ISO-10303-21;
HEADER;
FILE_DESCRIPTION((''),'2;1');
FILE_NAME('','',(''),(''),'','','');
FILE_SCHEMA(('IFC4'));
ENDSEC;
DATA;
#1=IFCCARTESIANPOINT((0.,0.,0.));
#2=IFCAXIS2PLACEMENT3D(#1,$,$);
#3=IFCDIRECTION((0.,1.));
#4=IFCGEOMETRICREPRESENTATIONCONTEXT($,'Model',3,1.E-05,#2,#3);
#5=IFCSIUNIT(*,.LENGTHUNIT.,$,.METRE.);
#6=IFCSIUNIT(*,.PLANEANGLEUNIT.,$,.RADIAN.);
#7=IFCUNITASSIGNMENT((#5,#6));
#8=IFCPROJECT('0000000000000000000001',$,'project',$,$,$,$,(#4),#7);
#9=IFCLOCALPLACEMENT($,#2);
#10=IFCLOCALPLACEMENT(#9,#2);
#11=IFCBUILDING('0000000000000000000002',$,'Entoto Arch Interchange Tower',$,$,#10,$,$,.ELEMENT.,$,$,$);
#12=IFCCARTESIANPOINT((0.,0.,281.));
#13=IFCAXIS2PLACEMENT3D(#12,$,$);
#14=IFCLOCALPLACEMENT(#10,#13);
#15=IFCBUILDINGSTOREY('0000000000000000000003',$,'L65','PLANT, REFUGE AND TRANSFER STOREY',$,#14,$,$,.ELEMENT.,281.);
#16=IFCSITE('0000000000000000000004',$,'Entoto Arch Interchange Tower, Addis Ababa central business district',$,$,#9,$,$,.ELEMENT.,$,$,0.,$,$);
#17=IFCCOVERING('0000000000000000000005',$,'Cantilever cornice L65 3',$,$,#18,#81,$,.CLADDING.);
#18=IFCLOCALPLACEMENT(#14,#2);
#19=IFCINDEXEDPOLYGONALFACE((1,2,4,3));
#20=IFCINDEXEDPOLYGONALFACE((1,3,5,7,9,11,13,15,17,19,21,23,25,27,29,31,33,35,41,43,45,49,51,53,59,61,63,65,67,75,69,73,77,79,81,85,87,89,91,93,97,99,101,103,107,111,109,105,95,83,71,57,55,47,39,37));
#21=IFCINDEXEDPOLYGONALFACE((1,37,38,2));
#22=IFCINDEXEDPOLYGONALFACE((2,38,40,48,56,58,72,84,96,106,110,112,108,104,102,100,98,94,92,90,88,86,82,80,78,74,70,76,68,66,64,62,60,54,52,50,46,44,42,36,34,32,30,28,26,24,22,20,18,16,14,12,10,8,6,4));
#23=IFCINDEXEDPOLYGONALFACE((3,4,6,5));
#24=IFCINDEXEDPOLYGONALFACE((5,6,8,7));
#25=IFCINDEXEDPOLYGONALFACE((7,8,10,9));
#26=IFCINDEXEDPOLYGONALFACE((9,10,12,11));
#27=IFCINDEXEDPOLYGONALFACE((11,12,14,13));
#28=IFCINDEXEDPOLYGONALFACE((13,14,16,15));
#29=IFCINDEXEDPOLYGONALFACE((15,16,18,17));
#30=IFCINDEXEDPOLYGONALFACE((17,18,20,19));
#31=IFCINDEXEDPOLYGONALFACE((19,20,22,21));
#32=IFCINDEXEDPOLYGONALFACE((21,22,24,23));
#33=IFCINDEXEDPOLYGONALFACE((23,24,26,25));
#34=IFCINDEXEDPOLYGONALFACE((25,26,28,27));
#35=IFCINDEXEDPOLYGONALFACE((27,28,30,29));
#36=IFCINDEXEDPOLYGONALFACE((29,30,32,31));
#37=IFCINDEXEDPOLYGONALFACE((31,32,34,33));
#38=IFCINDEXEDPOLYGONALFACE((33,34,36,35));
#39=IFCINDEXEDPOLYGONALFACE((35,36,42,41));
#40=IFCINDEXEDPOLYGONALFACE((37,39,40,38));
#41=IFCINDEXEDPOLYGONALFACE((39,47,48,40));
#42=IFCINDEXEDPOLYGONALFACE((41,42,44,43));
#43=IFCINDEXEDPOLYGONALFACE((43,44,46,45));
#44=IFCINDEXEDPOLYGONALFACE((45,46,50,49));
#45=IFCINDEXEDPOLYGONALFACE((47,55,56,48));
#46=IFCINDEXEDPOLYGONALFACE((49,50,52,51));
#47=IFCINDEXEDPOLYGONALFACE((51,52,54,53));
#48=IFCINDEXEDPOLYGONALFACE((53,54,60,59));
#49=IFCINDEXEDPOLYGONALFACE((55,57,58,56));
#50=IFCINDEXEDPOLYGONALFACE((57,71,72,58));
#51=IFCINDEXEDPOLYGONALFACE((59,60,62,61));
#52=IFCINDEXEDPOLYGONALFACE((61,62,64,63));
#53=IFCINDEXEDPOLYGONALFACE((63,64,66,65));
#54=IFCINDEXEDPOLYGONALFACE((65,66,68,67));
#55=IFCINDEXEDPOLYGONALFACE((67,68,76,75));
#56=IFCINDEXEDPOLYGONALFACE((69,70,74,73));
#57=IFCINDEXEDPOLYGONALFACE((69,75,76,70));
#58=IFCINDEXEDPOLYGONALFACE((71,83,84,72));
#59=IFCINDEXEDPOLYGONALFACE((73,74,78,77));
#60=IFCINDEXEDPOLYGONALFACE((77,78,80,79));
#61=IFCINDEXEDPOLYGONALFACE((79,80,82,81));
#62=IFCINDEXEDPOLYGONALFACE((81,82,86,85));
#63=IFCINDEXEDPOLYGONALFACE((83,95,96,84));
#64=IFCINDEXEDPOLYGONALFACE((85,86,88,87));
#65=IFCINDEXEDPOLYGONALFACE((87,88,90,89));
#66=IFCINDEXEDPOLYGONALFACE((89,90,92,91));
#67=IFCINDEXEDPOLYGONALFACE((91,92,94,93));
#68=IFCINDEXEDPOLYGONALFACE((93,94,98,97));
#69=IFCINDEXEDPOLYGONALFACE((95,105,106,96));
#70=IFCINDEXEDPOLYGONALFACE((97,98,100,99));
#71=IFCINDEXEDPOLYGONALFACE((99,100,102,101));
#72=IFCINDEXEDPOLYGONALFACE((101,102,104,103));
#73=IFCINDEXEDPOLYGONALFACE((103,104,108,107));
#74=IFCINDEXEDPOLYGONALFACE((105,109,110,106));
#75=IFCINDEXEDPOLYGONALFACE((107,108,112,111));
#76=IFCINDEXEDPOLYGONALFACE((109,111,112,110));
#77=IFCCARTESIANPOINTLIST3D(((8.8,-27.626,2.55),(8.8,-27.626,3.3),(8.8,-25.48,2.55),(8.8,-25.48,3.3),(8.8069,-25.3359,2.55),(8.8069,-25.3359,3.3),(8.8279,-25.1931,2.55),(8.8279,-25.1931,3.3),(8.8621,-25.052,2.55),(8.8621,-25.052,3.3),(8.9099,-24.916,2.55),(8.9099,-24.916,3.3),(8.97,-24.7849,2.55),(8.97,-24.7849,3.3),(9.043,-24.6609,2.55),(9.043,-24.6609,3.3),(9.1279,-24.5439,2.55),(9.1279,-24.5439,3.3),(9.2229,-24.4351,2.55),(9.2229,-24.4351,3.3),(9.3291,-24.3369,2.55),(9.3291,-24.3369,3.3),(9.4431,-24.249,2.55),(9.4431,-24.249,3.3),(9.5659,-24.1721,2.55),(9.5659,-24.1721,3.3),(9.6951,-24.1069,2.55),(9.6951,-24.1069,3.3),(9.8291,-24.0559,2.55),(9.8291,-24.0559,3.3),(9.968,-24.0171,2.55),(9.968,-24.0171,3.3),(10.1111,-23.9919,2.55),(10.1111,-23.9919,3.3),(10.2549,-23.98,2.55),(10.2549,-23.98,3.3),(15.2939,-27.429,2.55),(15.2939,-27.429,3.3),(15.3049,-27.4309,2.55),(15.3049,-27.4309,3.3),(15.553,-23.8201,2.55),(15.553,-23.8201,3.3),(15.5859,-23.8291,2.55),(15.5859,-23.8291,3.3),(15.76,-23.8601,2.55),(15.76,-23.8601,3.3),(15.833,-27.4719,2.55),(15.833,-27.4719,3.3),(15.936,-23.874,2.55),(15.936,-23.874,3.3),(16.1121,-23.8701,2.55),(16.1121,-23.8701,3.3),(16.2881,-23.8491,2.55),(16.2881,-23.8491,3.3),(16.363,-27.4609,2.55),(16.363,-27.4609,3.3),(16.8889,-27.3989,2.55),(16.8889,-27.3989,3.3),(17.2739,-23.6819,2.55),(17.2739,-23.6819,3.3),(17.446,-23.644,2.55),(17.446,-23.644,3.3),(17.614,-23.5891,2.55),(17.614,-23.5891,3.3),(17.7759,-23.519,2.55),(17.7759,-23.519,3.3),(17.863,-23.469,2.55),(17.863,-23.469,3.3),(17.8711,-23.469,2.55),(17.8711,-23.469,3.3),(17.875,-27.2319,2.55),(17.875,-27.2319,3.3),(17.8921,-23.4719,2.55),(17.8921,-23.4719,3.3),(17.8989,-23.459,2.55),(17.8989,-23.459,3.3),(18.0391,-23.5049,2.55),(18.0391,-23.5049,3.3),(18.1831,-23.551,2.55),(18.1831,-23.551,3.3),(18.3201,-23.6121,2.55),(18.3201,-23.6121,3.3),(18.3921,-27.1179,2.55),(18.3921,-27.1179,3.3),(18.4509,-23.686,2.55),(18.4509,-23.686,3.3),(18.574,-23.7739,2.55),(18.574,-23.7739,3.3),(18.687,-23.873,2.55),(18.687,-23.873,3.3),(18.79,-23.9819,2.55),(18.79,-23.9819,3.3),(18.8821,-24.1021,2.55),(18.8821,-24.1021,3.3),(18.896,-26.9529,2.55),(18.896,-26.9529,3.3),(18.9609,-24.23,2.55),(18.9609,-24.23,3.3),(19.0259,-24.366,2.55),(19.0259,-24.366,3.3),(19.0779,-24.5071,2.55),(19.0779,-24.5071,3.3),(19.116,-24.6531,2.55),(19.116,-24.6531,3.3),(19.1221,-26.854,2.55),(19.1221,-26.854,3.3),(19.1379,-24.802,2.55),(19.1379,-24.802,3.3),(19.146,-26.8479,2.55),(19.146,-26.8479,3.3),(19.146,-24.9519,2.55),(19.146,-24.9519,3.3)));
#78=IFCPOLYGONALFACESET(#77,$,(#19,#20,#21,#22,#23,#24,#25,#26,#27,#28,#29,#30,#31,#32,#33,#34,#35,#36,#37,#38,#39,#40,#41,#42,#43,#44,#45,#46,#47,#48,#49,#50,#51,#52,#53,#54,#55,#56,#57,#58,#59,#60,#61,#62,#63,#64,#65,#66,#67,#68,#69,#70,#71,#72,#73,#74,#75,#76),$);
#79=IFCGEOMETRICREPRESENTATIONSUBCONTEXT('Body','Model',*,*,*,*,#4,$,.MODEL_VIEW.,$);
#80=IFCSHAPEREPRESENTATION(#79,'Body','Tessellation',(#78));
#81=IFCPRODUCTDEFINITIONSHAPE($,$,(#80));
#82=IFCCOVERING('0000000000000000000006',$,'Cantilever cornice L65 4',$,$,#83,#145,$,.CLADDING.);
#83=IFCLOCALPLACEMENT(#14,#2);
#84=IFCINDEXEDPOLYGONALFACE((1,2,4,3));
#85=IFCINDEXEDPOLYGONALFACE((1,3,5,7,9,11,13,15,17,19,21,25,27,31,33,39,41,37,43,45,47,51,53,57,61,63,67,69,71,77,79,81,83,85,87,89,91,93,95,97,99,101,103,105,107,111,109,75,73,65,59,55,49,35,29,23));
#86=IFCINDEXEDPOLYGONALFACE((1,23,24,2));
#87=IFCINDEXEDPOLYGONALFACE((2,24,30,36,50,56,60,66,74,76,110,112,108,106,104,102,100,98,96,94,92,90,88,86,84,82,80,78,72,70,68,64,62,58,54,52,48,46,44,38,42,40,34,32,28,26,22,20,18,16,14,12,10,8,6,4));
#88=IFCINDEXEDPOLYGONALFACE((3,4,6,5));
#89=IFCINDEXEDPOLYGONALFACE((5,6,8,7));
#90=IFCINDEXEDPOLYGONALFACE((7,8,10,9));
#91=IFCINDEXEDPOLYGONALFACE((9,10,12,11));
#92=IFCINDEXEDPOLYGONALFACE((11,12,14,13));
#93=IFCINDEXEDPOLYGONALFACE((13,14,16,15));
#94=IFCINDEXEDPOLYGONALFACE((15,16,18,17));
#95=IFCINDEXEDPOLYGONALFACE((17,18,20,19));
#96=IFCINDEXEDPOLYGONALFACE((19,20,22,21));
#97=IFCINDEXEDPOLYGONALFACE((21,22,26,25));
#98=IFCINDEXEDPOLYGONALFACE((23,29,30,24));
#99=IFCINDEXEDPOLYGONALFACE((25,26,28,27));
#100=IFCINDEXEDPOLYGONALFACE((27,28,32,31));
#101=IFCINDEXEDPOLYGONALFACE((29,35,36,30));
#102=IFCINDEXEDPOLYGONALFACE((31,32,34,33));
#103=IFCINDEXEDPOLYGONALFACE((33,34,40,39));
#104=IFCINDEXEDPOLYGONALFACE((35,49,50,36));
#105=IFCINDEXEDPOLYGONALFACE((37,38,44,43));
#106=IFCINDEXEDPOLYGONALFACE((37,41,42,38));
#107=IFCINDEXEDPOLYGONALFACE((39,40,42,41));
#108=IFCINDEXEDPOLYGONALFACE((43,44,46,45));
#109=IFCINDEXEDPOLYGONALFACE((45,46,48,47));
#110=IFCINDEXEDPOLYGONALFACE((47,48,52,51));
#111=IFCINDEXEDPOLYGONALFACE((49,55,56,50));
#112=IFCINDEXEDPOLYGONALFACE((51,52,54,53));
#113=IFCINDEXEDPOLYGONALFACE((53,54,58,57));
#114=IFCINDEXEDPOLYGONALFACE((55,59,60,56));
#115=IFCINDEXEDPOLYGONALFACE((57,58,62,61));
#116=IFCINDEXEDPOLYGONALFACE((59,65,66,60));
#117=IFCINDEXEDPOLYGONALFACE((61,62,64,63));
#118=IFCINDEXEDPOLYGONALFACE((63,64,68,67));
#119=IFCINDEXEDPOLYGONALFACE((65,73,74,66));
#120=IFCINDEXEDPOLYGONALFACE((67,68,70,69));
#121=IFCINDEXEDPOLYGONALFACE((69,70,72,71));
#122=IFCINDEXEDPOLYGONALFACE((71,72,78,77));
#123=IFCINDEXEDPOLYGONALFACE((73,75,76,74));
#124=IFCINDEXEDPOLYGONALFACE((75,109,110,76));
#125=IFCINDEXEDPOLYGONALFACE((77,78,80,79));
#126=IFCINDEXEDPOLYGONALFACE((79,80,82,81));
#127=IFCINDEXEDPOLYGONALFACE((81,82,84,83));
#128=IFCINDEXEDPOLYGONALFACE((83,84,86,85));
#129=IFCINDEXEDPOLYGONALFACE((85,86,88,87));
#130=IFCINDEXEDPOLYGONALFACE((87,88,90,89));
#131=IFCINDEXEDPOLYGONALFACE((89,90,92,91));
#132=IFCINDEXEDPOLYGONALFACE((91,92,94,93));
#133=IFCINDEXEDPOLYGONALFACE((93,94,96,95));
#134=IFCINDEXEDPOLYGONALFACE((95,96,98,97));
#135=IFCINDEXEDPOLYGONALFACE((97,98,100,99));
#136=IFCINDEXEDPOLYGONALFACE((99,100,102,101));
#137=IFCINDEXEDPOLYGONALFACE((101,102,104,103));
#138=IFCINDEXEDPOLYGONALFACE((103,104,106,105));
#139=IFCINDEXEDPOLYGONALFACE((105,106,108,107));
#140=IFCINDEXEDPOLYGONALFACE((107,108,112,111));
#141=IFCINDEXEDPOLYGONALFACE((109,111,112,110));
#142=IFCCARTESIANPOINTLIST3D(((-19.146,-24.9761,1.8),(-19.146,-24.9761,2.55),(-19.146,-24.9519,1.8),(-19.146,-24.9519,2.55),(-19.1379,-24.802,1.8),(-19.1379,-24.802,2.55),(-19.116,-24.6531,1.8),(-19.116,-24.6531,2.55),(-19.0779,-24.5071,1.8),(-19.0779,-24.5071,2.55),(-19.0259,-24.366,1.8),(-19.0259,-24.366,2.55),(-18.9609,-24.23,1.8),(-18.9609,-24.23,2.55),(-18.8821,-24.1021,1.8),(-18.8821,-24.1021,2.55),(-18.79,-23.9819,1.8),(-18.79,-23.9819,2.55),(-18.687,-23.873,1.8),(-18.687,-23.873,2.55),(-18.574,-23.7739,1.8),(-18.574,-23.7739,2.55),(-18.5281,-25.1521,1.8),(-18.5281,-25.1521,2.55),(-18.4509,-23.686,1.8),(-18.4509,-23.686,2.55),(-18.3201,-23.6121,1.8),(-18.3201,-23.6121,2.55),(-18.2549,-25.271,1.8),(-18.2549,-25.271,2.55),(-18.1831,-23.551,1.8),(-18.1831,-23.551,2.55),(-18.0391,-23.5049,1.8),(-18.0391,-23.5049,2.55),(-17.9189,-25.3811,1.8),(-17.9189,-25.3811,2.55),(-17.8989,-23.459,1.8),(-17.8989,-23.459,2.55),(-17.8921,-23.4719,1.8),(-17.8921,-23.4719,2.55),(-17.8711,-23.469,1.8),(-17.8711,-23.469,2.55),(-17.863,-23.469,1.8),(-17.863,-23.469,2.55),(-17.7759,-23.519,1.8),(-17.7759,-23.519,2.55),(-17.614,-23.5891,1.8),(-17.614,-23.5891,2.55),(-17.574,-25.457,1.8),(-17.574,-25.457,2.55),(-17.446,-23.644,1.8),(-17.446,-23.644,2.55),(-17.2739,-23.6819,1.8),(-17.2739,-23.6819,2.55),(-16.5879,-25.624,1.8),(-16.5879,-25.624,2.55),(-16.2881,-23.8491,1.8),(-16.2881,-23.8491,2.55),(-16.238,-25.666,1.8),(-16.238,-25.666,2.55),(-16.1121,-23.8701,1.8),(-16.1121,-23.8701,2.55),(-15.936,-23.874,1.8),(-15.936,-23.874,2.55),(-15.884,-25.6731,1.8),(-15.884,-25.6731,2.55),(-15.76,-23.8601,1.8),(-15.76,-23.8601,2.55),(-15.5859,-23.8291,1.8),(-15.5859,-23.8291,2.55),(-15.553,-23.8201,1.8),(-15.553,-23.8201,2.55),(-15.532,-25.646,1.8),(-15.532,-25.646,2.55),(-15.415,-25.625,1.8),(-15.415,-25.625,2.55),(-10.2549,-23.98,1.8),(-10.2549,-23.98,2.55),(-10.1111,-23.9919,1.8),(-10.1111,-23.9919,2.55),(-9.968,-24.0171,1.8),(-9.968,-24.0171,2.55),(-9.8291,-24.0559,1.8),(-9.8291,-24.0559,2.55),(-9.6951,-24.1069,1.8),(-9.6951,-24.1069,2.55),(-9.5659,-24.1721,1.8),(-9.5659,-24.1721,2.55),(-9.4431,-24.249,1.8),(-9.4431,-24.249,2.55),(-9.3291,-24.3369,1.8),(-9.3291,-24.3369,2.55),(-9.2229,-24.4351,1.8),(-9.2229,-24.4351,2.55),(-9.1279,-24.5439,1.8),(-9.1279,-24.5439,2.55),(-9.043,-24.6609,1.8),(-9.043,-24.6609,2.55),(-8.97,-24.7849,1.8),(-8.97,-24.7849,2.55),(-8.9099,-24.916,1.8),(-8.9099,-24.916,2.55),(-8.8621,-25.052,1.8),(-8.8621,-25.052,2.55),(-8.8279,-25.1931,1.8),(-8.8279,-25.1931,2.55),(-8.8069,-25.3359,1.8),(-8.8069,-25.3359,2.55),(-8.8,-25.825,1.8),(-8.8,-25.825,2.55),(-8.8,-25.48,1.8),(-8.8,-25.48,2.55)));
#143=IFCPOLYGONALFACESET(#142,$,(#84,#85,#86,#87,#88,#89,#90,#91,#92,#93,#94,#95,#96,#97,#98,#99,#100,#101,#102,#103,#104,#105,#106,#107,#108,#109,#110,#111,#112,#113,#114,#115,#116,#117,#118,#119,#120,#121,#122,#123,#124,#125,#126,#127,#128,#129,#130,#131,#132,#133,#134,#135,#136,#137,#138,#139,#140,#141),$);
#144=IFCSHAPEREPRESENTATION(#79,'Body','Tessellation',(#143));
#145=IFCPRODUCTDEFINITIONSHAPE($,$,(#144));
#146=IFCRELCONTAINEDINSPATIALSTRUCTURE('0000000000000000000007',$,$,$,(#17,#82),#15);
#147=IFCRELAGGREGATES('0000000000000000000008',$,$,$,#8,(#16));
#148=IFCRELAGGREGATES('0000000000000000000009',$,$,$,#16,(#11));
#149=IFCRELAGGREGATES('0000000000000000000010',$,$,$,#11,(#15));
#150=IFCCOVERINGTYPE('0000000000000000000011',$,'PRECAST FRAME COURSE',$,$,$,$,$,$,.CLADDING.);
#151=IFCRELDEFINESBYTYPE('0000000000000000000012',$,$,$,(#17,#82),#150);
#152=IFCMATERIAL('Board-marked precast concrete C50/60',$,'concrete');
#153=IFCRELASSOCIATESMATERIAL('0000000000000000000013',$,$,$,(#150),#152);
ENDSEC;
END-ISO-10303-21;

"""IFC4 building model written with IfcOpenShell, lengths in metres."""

from ifc_helpers import new_model, si_unit, direction, frame, origin, place, context, subcontext, project, spatial, polyline, outline, extrude, material, type_object, element, save


model = new_model("IFC4")

# Units and contexts
model_context = context("Model", 3, precision=1e-05, world=origin(), true_north=direction((0.0, 1.0)))
body_context = subcontext(model_context, "Body", "Model", "MODEL_VIEW")
ifc_project = project(units=[si_unit("LENGTHUNIT", "METRE"), si_unit("PLANEANGLEUNIT", "RADIAN")], contexts=[model_context])

# Site, building, storey
site_placement = place(None, origin())
site = spatial("IfcSite", under=ifc_project, at=site_placement, Name="Entoto Arch Interchange Tower, Addis Ababa central business district", CompositionType="ELEMENT", RefElevation=0.0)
building_placement = place(site_placement, origin())
building = spatial("IfcBuilding", under=site, at=building_placement, Name="Entoto Arch Interchange Tower", CompositionType="ELEMENT")
storey_placement = place(building_placement, frame((0.0, 0.0, 281.0)))
storey = spatial("IfcBuildingStorey", under=building, at=storey_placement, Name="L65", Description="PLANT, REFUGE AND TRANSFER STOREY", CompositionType="ELEMENT", Elevation=281.0)

# Coverings
ifc_material_1 = material(Name="Board-marked precast concrete C50/60", Category="concrete")
covering_type = type_object("IfcCoveringType", Name="PRECAST FRAME COURSE", PredefinedType="CLADDING", material=ifc_material_1)
covering_1_placement = place(storey_placement, frame((0.0, 0.0, 2.55)))
element("IfcCovering", 1, at=covering_1_placement, inside=storey, type_object=covering_type, Name="Cantilever cornice L65 3", PredefinedType="CLADDING", context=body_context, shape_type="SweptSolid", body=[
    extrude(outline(polyline([(18.1831, -23.551), (18.3201, -23.6121), (18.4509, -23.686), (18.574, -23.7739), (18.687, -23.873), (18.79, -23.9819), (18.8821, -24.1021), (18.9609, -24.23), (19.0259, -24.366), (19.0779, -24.5071), (19.116, -24.6531), (19.1379, -24.802), (19.146, -24.9519), (19.146, -26.8479), (19.1221, -26.854), (18.896, -26.9529), (18.3921, -27.1179), (17.875, -27.2319), (16.8889, -27.3989), (16.363, -27.4609), (15.833, -27.4719), (15.3049, -27.4309), (15.2939, -27.429), (8.8, -27.626), (8.8, -25.48), (8.8069, -25.3359), (8.8279, -25.1931), (8.8621, -25.052), (8.9099, -24.916), (8.97, -24.7849), (9.043, -24.6609), (9.1279, -24.5439), (9.2229, -24.4351), (9.3291, -24.3369), (9.4431, -24.249), (9.5659, -24.1721), (9.6951, -24.1069), (9.8291, -24.0559), (9.968, -24.0171), (10.1111, -23.9919), (10.2549, -23.98), (10.2549, -23.98), (15.553, -23.8201), (15.5859, -23.8291), (15.76, -23.8601), (15.936, -23.874), (16.1121, -23.8701), (16.2881, -23.8491), (17.2739, -23.6819), (17.446, -23.644), (17.614, -23.5891), (17.7759, -23.519), (17.863, -23.469), (17.8989, -23.459), (17.8711, -23.469), (17.8921, -23.4719), (18.0391, -23.5049), (18.1831, -23.551)])), origin(), (0.0, 0.0, 1.0), 0.75),
])
covering_2_placement = place(storey_placement, frame((0.0, 0.0, 1.8)))
element("IfcCovering", 2, at=covering_2_placement, inside=storey, type_object=covering_type, Name="Cantilever cornice L65 4", PredefinedType="CLADDING", context=body_context, shape_type="SweptSolid", body=[
    extrude(outline(polyline([(-9.6951, -24.1069), (-9.5659, -24.1721), (-9.4431, -24.249), (-9.3291, -24.3369), (-9.2229, -24.4351), (-9.1279, -24.5439), (-9.043, -24.6609), (-8.97, -24.7849), (-8.9099, -24.916), (-8.8621, -25.052), (-8.8279, -25.1931), (-8.8069, -25.3359), (-8.8, -25.48), (-8.8, -25.825), (-15.415, -25.625), (-15.532, -25.646), (-15.884, -25.6731), (-16.238, -25.666), (-16.5879, -25.624), (-17.574, -25.457), (-17.9189, -25.3811), (-18.2549, -25.271), (-18.5281, -25.1521), (-19.146, -24.9761), (-19.146, -24.9519), (-19.1379, -24.802), (-19.116, -24.6531), (-19.0779, -24.5071), (-19.0259, -24.366), (-18.9609, -24.23), (-18.8821, -24.1021), (-18.79, -23.9819), (-18.687, -23.873), (-18.574, -23.7739), (-18.4509, -23.686), (-18.3201, -23.6121), (-18.1831, -23.551), (-18.0391, -23.5049), (-17.8921, -23.4719), (-17.8711, -23.469), (-17.8989, -23.459), (-17.863, -23.469), (-17.7759, -23.519), (-17.614, -23.5891), (-17.446, -23.644), (-17.2739, -23.6819), (-16.2881, -23.8491), (-16.1121, -23.8701), (-15.936, -23.874), (-15.76, -23.8601), (-15.5859, -23.8291), (-15.553, -23.8201), (-10.2549, -23.98), (-10.2549, -23.98), (-10.1111, -23.9919), (-9.968, -24.0171), (-9.8291, -24.0559), (-9.6951, -24.1069)])), origin(), (0.0, 0.0, 1.0), 0.75),
])

save(model, "model.ifc")
